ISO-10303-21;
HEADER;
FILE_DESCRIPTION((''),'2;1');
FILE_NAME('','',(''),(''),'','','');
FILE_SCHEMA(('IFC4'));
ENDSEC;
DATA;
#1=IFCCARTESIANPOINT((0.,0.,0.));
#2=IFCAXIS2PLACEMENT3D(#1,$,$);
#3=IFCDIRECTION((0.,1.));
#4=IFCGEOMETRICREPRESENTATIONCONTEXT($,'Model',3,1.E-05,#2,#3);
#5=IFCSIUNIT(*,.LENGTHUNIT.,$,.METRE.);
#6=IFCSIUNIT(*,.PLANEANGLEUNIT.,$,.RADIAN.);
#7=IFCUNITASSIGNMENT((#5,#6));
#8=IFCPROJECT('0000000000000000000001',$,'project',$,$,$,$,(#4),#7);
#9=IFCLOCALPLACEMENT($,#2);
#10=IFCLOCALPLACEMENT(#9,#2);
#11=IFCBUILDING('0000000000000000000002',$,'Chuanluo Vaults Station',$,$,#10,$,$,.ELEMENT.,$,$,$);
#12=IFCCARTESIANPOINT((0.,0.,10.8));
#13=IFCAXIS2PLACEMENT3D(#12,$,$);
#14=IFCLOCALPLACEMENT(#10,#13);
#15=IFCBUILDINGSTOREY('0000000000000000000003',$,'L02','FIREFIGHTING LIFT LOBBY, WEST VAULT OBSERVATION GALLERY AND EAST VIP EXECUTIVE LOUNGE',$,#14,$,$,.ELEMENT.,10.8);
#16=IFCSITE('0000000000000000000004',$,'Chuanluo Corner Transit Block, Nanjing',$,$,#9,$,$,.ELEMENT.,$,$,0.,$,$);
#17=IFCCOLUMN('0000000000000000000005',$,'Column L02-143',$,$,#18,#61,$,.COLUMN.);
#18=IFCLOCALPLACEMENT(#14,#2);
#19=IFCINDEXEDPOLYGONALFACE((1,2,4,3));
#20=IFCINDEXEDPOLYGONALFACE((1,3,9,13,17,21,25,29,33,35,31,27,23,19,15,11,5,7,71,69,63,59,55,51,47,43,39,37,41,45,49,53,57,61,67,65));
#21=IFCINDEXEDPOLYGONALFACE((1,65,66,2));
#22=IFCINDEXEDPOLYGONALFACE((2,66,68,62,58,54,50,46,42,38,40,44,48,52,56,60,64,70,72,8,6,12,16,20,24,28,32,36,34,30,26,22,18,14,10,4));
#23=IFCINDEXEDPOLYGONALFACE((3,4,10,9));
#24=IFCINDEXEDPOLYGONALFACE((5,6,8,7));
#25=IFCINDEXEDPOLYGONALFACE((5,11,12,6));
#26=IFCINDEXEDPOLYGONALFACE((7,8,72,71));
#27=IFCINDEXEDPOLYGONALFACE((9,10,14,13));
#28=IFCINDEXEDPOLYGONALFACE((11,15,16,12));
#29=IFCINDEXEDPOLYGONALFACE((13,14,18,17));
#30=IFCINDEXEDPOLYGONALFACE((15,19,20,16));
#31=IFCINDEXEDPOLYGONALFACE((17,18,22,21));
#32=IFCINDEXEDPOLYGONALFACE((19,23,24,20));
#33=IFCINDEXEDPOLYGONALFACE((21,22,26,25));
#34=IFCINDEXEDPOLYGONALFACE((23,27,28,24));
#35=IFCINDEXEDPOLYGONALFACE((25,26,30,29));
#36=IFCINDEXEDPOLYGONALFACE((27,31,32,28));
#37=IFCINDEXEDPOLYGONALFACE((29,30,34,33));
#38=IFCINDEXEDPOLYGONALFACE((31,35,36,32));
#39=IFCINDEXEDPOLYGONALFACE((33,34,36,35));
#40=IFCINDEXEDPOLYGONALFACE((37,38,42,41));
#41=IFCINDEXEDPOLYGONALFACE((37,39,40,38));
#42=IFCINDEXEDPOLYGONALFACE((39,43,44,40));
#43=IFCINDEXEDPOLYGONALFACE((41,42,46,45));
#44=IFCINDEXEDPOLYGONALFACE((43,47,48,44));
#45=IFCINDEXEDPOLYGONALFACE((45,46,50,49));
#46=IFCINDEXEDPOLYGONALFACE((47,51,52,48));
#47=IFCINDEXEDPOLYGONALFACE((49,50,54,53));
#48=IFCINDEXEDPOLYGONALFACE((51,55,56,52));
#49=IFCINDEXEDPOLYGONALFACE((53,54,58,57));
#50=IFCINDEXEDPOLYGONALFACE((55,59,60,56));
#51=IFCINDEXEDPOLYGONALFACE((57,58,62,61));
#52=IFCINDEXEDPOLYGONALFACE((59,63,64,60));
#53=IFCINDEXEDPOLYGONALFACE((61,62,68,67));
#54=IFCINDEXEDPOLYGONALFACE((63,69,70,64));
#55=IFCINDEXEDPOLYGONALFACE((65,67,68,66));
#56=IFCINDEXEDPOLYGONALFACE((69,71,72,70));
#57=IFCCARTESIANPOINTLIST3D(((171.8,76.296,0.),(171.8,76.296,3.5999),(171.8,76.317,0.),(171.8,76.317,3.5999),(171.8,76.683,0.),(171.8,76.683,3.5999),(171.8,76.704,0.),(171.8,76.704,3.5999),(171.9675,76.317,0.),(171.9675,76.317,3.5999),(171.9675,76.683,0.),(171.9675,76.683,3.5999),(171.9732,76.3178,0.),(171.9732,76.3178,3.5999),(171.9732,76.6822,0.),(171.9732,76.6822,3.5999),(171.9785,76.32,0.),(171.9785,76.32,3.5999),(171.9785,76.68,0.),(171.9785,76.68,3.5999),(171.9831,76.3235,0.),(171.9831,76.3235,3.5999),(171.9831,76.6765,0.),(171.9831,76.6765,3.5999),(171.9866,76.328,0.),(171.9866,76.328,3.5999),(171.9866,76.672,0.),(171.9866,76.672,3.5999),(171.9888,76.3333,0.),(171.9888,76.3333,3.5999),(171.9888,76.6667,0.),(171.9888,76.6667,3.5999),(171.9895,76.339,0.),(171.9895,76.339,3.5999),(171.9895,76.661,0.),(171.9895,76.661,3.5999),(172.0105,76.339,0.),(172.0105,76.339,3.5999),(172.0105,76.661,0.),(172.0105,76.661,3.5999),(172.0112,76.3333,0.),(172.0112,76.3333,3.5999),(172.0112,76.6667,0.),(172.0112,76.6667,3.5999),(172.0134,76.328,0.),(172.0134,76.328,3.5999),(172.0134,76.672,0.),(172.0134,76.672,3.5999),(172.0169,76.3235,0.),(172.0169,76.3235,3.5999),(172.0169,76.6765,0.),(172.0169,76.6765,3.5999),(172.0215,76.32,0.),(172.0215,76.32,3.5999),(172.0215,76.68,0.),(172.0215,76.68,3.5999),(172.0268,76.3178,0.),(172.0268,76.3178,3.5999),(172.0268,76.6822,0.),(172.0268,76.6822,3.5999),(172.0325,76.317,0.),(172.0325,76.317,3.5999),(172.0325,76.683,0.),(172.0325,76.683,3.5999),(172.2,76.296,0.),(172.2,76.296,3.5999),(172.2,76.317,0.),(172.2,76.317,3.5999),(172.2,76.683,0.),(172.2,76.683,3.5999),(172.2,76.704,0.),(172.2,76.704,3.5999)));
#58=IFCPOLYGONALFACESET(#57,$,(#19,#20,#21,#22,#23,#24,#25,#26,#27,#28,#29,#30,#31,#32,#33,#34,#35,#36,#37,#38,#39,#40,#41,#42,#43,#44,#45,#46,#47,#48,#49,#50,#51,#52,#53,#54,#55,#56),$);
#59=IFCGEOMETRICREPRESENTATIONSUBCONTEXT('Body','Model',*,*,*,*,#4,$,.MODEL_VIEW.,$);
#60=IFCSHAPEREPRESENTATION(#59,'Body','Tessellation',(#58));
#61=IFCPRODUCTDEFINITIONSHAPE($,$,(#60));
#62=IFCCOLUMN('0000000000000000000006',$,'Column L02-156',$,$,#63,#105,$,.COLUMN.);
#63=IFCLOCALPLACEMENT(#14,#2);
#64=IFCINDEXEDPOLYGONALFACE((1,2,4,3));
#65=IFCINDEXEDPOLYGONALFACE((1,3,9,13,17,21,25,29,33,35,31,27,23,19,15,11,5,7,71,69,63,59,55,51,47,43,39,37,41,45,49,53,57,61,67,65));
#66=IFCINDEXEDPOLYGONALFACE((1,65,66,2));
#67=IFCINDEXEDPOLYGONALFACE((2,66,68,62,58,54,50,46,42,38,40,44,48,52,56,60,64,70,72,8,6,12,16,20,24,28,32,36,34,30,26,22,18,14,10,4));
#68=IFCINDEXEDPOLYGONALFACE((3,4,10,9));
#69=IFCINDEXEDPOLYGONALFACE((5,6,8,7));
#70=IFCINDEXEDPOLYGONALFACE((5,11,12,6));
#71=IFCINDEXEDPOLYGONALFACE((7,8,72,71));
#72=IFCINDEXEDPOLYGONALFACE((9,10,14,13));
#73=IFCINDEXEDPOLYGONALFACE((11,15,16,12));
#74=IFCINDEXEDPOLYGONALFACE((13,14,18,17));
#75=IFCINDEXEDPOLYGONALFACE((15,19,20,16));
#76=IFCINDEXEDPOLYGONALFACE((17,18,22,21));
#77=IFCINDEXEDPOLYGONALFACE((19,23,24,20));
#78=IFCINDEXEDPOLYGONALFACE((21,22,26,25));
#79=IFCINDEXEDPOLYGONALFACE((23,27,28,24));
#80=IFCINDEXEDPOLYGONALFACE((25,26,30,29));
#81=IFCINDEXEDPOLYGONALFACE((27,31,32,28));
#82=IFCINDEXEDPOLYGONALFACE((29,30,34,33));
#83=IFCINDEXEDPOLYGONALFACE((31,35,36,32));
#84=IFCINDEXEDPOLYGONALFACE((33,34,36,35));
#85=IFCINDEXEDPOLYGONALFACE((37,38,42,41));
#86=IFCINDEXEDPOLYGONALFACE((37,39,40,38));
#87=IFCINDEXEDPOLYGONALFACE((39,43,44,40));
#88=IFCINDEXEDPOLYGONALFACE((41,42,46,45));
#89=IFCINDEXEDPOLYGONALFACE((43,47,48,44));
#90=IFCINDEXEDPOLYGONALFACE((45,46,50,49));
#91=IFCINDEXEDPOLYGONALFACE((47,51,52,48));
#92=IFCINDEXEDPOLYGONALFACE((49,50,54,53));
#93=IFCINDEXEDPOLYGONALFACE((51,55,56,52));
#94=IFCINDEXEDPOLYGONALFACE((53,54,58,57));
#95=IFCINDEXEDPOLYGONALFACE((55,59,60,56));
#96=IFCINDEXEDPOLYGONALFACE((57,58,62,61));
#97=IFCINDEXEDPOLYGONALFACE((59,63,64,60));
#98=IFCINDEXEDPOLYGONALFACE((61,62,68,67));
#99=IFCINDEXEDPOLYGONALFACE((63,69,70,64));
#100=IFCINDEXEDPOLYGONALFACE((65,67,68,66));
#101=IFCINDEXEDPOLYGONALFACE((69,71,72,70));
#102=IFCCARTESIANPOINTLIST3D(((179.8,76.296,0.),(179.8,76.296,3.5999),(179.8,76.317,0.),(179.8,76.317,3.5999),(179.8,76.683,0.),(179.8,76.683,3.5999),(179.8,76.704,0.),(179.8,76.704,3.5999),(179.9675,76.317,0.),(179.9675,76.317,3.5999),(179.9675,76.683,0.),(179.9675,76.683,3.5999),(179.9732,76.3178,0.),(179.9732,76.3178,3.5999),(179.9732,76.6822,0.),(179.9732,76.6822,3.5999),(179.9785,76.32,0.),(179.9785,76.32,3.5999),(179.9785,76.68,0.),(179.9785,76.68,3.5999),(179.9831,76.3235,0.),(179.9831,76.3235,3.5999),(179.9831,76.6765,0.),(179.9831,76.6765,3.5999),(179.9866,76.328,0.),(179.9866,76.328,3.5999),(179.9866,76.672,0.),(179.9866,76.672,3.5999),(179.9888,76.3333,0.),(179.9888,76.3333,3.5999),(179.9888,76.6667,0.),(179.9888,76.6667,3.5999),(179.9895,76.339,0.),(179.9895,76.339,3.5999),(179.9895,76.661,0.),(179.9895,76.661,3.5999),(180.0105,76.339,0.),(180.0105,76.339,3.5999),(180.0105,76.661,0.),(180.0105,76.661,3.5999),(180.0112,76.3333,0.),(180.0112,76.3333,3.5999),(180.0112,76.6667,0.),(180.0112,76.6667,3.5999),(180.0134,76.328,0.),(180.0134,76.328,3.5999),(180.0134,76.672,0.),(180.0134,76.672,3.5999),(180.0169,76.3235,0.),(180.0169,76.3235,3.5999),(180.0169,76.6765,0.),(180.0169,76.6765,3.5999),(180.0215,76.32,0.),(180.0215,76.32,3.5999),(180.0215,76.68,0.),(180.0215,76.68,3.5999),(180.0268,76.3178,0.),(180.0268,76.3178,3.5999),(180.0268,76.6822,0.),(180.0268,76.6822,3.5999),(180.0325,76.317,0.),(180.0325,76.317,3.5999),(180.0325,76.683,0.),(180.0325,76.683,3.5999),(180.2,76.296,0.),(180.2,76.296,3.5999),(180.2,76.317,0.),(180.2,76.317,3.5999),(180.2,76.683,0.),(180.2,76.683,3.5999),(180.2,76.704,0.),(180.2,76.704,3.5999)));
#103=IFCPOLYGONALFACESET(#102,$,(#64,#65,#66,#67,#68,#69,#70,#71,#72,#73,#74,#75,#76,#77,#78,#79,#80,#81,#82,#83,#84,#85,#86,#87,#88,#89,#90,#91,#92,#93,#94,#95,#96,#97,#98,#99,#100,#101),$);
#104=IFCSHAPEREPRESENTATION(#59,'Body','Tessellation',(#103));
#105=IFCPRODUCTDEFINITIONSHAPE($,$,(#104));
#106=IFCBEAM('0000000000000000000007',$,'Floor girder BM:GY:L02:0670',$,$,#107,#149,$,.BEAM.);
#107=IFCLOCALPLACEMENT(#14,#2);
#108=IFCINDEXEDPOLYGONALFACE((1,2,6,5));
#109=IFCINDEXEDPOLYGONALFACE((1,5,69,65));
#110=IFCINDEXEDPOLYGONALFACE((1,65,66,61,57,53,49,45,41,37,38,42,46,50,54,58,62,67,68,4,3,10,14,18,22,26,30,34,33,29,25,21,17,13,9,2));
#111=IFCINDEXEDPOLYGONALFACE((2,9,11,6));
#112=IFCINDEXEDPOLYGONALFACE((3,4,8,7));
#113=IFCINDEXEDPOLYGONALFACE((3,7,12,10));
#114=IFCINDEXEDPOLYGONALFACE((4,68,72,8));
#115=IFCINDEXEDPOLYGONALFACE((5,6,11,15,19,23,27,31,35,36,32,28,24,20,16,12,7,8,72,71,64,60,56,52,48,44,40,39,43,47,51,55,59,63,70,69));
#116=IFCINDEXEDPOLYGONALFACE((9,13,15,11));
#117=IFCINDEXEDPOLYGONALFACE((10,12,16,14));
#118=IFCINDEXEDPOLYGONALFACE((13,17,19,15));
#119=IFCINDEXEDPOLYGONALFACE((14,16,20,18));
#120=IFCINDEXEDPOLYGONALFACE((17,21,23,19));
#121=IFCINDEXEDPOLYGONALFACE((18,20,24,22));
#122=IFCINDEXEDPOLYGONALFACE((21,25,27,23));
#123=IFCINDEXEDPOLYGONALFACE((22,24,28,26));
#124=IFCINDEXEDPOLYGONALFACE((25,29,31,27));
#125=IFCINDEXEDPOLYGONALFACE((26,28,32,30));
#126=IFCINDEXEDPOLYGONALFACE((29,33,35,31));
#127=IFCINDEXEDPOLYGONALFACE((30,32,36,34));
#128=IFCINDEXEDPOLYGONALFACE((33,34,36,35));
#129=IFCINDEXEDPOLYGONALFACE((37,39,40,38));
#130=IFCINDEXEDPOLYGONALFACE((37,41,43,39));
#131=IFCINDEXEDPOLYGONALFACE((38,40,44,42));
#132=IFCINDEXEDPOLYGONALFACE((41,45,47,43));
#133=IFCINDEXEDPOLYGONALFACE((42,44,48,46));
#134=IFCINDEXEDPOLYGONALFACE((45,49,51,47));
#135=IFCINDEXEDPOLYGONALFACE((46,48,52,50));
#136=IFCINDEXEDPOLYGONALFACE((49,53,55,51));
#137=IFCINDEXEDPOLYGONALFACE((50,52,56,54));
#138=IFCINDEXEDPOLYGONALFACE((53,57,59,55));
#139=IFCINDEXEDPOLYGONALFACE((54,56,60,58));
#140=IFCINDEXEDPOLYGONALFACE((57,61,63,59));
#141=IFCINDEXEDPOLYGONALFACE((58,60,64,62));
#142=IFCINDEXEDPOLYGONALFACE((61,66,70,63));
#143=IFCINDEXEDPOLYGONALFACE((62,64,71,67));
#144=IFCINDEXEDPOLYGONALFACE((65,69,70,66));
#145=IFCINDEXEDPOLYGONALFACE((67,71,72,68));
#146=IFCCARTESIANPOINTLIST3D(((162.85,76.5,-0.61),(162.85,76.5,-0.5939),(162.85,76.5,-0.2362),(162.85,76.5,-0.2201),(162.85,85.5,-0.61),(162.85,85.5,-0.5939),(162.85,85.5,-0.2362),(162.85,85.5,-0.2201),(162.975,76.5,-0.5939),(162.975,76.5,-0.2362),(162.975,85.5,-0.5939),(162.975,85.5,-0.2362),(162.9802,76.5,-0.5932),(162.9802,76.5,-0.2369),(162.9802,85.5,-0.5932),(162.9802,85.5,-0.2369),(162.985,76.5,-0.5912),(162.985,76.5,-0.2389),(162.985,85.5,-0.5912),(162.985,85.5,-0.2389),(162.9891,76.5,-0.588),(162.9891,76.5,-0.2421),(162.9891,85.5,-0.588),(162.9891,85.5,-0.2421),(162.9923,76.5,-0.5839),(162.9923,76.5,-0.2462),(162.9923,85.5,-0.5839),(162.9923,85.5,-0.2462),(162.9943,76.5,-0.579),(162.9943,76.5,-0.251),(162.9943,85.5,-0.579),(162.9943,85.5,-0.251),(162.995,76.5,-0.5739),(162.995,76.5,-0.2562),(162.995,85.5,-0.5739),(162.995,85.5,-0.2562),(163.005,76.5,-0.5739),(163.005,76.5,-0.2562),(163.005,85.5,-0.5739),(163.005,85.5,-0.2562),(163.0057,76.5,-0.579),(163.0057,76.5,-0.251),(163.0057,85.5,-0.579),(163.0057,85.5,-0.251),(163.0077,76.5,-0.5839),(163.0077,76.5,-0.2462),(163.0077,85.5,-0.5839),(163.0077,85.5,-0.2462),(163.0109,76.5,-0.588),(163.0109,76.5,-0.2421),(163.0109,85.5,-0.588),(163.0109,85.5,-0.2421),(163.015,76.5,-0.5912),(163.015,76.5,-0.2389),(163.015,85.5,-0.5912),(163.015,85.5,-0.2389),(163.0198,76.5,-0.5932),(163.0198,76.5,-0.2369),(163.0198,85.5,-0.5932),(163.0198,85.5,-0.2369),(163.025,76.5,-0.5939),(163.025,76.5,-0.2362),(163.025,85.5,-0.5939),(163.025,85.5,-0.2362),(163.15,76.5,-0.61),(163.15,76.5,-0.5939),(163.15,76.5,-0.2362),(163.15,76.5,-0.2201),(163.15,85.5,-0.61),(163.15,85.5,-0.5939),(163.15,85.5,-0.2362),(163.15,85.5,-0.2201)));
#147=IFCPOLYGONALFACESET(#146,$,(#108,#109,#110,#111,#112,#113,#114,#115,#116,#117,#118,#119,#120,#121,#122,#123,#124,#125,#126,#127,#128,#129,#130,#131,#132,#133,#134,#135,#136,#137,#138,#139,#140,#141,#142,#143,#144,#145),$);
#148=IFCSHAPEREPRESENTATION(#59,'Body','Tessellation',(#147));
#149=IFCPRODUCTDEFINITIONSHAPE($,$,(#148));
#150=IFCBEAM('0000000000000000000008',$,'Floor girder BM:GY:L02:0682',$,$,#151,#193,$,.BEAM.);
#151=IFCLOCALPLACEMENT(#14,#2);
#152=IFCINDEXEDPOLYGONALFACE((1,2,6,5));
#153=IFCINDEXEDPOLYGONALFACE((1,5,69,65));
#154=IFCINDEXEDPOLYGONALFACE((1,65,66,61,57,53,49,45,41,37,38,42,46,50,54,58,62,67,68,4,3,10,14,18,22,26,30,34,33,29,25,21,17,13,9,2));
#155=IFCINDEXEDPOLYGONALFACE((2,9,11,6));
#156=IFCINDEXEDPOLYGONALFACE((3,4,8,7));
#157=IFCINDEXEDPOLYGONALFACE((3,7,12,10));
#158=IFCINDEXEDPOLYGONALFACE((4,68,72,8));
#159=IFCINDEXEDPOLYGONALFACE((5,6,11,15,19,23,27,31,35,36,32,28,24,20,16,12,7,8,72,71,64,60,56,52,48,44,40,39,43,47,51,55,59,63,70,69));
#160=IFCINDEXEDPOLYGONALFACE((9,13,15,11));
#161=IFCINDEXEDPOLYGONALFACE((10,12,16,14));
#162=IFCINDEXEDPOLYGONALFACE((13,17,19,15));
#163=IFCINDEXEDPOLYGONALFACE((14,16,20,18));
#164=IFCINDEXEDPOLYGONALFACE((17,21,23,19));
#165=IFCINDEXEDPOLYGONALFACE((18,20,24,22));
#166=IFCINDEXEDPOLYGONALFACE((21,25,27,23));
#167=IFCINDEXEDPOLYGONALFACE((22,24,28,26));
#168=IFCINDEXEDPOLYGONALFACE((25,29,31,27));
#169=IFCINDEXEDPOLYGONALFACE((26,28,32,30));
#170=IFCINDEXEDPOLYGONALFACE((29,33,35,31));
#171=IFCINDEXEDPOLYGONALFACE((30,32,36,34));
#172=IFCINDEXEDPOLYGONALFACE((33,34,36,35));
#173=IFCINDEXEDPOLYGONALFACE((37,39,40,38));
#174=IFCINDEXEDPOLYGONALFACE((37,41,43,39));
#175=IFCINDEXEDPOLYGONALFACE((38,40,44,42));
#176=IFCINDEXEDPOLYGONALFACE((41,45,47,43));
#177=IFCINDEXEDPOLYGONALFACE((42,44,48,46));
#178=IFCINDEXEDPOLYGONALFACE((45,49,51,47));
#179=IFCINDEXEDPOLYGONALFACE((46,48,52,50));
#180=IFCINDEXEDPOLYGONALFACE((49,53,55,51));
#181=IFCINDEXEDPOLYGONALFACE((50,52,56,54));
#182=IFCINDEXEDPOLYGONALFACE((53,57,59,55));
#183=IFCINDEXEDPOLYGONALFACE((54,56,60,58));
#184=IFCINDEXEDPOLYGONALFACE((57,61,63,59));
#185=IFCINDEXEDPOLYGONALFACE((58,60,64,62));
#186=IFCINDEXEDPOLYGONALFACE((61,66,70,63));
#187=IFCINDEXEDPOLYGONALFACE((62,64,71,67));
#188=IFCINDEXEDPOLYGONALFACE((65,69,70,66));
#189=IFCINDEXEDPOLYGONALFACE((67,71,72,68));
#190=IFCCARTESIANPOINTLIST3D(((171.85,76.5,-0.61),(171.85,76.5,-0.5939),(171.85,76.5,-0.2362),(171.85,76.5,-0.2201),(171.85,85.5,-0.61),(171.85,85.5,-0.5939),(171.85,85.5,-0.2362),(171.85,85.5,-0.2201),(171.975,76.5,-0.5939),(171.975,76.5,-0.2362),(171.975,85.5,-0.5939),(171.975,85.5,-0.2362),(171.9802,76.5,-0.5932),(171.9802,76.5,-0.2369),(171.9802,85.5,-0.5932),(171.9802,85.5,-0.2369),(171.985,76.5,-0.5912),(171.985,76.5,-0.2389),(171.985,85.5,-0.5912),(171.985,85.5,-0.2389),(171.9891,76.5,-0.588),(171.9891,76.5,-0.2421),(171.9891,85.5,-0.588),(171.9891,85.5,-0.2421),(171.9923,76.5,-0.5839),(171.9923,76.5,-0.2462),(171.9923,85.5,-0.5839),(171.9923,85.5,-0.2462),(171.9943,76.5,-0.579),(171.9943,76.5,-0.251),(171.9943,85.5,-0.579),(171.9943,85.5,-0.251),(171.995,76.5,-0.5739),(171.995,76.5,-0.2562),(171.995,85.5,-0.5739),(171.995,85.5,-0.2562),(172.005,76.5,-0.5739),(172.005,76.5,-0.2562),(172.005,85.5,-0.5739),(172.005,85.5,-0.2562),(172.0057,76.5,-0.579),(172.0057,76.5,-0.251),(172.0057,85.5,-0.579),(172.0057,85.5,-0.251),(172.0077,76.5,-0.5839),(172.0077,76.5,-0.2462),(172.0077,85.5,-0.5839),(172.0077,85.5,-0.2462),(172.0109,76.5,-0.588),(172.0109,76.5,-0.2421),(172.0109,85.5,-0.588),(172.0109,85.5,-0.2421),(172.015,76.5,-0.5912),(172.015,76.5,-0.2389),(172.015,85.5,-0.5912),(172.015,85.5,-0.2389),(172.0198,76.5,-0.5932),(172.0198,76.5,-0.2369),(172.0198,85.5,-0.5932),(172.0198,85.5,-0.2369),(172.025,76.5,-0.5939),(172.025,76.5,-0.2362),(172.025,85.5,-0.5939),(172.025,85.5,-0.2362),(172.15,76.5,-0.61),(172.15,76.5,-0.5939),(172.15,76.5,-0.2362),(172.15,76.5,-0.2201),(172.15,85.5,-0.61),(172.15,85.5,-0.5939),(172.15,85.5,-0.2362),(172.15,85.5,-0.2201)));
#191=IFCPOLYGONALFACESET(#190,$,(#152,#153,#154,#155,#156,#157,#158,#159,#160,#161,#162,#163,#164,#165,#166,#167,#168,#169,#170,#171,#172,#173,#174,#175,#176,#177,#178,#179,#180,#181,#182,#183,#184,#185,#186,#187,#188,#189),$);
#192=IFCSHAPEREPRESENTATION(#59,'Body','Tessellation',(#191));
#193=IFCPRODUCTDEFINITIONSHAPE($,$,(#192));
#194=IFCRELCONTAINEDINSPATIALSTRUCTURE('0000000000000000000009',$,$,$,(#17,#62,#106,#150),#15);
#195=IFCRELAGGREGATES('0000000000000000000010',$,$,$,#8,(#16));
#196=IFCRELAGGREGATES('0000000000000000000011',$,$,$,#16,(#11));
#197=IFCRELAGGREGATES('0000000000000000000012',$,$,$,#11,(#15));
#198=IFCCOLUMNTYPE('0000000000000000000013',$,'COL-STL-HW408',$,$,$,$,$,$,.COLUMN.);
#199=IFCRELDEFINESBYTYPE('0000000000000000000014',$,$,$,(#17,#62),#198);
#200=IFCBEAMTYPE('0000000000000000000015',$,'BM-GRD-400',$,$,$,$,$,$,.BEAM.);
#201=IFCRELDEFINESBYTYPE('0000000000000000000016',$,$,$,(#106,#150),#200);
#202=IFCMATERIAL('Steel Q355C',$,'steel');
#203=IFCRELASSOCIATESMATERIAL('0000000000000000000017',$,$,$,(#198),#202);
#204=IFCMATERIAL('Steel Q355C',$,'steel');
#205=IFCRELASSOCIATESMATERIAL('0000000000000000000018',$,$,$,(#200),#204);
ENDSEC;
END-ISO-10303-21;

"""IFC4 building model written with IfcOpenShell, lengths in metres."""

from ifc_helpers import new_model, si_unit, direction, frame, origin, origin_2d, place, context, subcontext, project, spatial, i_section, extrude, material, material_profile, profile_set, type_object, element, save


model = new_model("IFC4")

# Units and contexts
model_context = context("Model", 3, precision=1e-05, world=origin(), true_north=direction((0.0, 1.0)))
body_context = subcontext(model_context, "Body", "Model", "MODEL_VIEW")
ifc_project = project(units=[si_unit("LENGTHUNIT", "METRE"), si_unit("PLANEANGLEUNIT", "RADIAN")], contexts=[model_context])

# Site, building, storey
site_placement = place(None, origin())
site = spatial("IfcSite", under=ifc_project, at=site_placement, Name="Chuanluo Corner Transit Block, Nanjing", CompositionType="ELEMENT", RefElevation=0.0)
building_placement = place(site_placement, origin())
building = spatial("IfcBuilding", under=site, at=building_placement, Name="Chuanluo Vaults Station", CompositionType="ELEMENT")
storey_placement = place(building_placement, frame((0.0, 0.0, 10.8)))
storey = spatial("IfcBuildingStorey", under=building, at=storey_placement, Name="L02", Description="FIREFIGHTING LIFT LOBBY, WEST VAULT OBSERVATION GALLERY AND EAST VIP EXECUTIVE LOUNGE", CompositionType="ELEMENT", Elevation=10.8)

# Columns
ifc_material_1 = material(Name="Steel Q355C", Category="steel")
ifc_material_profile_1 = material_profile(ifc_material_1, i_section(OverallWidth=0.3999, OverallDepth=0.408, WebThickness=0.021, FlangeThickness=0.021, FilletRadius=0.022, at=origin_2d()))
ifc_profile_set_1 = profile_set([ifc_material_profile_1], Name="Steel Q355C")
column_type = type_object("IfcColumnType", Name="COL-STL-HW408", PredefinedType="COLUMN", material=ifc_profile_set_1)
for number, where, z_axis, x_axis, name in (
    (1, (172.0, 76.5, 0.0), (0.0, 0.0, 1.0), (1.0, 0.0, 0.0), "Column L02-143"),
    (2, (180.0, 76.5, 0.0), (0.0, 0.0, 1.0), (1.0, 0.0, 0.0), "Column L02-156"),
):
    element("IfcColumn", number, at=place(storey_placement, frame(where, z_axis=z_axis, x_axis=x_axis)), inside=storey, type_object=column_type, Name=name, PredefinedType="COLUMN", context=body_context, shape_type="SweptSolid", body=[
        extrude(i_section(OverallWidth=0.3999, OverallDepth=0.408, WebThickness=0.021, FlangeThickness=0.021, FilletRadius=0.022, at=origin_2d()), origin(), (0.0, 0.0, 1.0), 3.5999),
    ])

# Beams
ifc_material_2 = material(Name="Steel Q355C", Category="steel")
ifc_material_profile_2 = material_profile(ifc_material_2, i_section(OverallWidth=0.3, OverallDepth=0.3899, WebThickness=0.01, FlangeThickness=0.0161, FilletRadius=0.02, at=origin_2d()))
ifc_profile_set_2 = profile_set([ifc_material_profile_2], Name="Steel Q355C")
beam_type_1 = type_object("IfcBeamType", Name="BM-GRD-400", PredefinedType="BEAM", material=ifc_profile_set_2)
for number, where, z_axis, x_axis, name in (
    (3, (163.0, 76.5, -0.415), (0.0, 1.0, 0.0), (-1.0, 0.0, 0.0), "Floor girder BM:GY:L02:0670"),
    (4, (172.0, 76.5, -0.415), (0.0, 1.0, 0.0), (-1.0, 0.0, 0.0), "Floor girder BM:GY:L02:0682"),
):
    element("IfcBeam", number, at=place(storey_placement, frame(where, z_axis=z_axis, x_axis=x_axis)), inside=storey, type_object=beam_type_1, Name=name, PredefinedType="BEAM", context=body_context, shape_type="SweptSolid", body=[
        extrude(i_section(OverallWidth=0.3, OverallDepth=0.3899, WebThickness=0.01, FlangeThickness=0.0161, FilletRadius=0.02, at=origin_2d()), origin(), (0.0, 0.0, 1.0), 9.0),
    ])

save(model, "model.ifc")
